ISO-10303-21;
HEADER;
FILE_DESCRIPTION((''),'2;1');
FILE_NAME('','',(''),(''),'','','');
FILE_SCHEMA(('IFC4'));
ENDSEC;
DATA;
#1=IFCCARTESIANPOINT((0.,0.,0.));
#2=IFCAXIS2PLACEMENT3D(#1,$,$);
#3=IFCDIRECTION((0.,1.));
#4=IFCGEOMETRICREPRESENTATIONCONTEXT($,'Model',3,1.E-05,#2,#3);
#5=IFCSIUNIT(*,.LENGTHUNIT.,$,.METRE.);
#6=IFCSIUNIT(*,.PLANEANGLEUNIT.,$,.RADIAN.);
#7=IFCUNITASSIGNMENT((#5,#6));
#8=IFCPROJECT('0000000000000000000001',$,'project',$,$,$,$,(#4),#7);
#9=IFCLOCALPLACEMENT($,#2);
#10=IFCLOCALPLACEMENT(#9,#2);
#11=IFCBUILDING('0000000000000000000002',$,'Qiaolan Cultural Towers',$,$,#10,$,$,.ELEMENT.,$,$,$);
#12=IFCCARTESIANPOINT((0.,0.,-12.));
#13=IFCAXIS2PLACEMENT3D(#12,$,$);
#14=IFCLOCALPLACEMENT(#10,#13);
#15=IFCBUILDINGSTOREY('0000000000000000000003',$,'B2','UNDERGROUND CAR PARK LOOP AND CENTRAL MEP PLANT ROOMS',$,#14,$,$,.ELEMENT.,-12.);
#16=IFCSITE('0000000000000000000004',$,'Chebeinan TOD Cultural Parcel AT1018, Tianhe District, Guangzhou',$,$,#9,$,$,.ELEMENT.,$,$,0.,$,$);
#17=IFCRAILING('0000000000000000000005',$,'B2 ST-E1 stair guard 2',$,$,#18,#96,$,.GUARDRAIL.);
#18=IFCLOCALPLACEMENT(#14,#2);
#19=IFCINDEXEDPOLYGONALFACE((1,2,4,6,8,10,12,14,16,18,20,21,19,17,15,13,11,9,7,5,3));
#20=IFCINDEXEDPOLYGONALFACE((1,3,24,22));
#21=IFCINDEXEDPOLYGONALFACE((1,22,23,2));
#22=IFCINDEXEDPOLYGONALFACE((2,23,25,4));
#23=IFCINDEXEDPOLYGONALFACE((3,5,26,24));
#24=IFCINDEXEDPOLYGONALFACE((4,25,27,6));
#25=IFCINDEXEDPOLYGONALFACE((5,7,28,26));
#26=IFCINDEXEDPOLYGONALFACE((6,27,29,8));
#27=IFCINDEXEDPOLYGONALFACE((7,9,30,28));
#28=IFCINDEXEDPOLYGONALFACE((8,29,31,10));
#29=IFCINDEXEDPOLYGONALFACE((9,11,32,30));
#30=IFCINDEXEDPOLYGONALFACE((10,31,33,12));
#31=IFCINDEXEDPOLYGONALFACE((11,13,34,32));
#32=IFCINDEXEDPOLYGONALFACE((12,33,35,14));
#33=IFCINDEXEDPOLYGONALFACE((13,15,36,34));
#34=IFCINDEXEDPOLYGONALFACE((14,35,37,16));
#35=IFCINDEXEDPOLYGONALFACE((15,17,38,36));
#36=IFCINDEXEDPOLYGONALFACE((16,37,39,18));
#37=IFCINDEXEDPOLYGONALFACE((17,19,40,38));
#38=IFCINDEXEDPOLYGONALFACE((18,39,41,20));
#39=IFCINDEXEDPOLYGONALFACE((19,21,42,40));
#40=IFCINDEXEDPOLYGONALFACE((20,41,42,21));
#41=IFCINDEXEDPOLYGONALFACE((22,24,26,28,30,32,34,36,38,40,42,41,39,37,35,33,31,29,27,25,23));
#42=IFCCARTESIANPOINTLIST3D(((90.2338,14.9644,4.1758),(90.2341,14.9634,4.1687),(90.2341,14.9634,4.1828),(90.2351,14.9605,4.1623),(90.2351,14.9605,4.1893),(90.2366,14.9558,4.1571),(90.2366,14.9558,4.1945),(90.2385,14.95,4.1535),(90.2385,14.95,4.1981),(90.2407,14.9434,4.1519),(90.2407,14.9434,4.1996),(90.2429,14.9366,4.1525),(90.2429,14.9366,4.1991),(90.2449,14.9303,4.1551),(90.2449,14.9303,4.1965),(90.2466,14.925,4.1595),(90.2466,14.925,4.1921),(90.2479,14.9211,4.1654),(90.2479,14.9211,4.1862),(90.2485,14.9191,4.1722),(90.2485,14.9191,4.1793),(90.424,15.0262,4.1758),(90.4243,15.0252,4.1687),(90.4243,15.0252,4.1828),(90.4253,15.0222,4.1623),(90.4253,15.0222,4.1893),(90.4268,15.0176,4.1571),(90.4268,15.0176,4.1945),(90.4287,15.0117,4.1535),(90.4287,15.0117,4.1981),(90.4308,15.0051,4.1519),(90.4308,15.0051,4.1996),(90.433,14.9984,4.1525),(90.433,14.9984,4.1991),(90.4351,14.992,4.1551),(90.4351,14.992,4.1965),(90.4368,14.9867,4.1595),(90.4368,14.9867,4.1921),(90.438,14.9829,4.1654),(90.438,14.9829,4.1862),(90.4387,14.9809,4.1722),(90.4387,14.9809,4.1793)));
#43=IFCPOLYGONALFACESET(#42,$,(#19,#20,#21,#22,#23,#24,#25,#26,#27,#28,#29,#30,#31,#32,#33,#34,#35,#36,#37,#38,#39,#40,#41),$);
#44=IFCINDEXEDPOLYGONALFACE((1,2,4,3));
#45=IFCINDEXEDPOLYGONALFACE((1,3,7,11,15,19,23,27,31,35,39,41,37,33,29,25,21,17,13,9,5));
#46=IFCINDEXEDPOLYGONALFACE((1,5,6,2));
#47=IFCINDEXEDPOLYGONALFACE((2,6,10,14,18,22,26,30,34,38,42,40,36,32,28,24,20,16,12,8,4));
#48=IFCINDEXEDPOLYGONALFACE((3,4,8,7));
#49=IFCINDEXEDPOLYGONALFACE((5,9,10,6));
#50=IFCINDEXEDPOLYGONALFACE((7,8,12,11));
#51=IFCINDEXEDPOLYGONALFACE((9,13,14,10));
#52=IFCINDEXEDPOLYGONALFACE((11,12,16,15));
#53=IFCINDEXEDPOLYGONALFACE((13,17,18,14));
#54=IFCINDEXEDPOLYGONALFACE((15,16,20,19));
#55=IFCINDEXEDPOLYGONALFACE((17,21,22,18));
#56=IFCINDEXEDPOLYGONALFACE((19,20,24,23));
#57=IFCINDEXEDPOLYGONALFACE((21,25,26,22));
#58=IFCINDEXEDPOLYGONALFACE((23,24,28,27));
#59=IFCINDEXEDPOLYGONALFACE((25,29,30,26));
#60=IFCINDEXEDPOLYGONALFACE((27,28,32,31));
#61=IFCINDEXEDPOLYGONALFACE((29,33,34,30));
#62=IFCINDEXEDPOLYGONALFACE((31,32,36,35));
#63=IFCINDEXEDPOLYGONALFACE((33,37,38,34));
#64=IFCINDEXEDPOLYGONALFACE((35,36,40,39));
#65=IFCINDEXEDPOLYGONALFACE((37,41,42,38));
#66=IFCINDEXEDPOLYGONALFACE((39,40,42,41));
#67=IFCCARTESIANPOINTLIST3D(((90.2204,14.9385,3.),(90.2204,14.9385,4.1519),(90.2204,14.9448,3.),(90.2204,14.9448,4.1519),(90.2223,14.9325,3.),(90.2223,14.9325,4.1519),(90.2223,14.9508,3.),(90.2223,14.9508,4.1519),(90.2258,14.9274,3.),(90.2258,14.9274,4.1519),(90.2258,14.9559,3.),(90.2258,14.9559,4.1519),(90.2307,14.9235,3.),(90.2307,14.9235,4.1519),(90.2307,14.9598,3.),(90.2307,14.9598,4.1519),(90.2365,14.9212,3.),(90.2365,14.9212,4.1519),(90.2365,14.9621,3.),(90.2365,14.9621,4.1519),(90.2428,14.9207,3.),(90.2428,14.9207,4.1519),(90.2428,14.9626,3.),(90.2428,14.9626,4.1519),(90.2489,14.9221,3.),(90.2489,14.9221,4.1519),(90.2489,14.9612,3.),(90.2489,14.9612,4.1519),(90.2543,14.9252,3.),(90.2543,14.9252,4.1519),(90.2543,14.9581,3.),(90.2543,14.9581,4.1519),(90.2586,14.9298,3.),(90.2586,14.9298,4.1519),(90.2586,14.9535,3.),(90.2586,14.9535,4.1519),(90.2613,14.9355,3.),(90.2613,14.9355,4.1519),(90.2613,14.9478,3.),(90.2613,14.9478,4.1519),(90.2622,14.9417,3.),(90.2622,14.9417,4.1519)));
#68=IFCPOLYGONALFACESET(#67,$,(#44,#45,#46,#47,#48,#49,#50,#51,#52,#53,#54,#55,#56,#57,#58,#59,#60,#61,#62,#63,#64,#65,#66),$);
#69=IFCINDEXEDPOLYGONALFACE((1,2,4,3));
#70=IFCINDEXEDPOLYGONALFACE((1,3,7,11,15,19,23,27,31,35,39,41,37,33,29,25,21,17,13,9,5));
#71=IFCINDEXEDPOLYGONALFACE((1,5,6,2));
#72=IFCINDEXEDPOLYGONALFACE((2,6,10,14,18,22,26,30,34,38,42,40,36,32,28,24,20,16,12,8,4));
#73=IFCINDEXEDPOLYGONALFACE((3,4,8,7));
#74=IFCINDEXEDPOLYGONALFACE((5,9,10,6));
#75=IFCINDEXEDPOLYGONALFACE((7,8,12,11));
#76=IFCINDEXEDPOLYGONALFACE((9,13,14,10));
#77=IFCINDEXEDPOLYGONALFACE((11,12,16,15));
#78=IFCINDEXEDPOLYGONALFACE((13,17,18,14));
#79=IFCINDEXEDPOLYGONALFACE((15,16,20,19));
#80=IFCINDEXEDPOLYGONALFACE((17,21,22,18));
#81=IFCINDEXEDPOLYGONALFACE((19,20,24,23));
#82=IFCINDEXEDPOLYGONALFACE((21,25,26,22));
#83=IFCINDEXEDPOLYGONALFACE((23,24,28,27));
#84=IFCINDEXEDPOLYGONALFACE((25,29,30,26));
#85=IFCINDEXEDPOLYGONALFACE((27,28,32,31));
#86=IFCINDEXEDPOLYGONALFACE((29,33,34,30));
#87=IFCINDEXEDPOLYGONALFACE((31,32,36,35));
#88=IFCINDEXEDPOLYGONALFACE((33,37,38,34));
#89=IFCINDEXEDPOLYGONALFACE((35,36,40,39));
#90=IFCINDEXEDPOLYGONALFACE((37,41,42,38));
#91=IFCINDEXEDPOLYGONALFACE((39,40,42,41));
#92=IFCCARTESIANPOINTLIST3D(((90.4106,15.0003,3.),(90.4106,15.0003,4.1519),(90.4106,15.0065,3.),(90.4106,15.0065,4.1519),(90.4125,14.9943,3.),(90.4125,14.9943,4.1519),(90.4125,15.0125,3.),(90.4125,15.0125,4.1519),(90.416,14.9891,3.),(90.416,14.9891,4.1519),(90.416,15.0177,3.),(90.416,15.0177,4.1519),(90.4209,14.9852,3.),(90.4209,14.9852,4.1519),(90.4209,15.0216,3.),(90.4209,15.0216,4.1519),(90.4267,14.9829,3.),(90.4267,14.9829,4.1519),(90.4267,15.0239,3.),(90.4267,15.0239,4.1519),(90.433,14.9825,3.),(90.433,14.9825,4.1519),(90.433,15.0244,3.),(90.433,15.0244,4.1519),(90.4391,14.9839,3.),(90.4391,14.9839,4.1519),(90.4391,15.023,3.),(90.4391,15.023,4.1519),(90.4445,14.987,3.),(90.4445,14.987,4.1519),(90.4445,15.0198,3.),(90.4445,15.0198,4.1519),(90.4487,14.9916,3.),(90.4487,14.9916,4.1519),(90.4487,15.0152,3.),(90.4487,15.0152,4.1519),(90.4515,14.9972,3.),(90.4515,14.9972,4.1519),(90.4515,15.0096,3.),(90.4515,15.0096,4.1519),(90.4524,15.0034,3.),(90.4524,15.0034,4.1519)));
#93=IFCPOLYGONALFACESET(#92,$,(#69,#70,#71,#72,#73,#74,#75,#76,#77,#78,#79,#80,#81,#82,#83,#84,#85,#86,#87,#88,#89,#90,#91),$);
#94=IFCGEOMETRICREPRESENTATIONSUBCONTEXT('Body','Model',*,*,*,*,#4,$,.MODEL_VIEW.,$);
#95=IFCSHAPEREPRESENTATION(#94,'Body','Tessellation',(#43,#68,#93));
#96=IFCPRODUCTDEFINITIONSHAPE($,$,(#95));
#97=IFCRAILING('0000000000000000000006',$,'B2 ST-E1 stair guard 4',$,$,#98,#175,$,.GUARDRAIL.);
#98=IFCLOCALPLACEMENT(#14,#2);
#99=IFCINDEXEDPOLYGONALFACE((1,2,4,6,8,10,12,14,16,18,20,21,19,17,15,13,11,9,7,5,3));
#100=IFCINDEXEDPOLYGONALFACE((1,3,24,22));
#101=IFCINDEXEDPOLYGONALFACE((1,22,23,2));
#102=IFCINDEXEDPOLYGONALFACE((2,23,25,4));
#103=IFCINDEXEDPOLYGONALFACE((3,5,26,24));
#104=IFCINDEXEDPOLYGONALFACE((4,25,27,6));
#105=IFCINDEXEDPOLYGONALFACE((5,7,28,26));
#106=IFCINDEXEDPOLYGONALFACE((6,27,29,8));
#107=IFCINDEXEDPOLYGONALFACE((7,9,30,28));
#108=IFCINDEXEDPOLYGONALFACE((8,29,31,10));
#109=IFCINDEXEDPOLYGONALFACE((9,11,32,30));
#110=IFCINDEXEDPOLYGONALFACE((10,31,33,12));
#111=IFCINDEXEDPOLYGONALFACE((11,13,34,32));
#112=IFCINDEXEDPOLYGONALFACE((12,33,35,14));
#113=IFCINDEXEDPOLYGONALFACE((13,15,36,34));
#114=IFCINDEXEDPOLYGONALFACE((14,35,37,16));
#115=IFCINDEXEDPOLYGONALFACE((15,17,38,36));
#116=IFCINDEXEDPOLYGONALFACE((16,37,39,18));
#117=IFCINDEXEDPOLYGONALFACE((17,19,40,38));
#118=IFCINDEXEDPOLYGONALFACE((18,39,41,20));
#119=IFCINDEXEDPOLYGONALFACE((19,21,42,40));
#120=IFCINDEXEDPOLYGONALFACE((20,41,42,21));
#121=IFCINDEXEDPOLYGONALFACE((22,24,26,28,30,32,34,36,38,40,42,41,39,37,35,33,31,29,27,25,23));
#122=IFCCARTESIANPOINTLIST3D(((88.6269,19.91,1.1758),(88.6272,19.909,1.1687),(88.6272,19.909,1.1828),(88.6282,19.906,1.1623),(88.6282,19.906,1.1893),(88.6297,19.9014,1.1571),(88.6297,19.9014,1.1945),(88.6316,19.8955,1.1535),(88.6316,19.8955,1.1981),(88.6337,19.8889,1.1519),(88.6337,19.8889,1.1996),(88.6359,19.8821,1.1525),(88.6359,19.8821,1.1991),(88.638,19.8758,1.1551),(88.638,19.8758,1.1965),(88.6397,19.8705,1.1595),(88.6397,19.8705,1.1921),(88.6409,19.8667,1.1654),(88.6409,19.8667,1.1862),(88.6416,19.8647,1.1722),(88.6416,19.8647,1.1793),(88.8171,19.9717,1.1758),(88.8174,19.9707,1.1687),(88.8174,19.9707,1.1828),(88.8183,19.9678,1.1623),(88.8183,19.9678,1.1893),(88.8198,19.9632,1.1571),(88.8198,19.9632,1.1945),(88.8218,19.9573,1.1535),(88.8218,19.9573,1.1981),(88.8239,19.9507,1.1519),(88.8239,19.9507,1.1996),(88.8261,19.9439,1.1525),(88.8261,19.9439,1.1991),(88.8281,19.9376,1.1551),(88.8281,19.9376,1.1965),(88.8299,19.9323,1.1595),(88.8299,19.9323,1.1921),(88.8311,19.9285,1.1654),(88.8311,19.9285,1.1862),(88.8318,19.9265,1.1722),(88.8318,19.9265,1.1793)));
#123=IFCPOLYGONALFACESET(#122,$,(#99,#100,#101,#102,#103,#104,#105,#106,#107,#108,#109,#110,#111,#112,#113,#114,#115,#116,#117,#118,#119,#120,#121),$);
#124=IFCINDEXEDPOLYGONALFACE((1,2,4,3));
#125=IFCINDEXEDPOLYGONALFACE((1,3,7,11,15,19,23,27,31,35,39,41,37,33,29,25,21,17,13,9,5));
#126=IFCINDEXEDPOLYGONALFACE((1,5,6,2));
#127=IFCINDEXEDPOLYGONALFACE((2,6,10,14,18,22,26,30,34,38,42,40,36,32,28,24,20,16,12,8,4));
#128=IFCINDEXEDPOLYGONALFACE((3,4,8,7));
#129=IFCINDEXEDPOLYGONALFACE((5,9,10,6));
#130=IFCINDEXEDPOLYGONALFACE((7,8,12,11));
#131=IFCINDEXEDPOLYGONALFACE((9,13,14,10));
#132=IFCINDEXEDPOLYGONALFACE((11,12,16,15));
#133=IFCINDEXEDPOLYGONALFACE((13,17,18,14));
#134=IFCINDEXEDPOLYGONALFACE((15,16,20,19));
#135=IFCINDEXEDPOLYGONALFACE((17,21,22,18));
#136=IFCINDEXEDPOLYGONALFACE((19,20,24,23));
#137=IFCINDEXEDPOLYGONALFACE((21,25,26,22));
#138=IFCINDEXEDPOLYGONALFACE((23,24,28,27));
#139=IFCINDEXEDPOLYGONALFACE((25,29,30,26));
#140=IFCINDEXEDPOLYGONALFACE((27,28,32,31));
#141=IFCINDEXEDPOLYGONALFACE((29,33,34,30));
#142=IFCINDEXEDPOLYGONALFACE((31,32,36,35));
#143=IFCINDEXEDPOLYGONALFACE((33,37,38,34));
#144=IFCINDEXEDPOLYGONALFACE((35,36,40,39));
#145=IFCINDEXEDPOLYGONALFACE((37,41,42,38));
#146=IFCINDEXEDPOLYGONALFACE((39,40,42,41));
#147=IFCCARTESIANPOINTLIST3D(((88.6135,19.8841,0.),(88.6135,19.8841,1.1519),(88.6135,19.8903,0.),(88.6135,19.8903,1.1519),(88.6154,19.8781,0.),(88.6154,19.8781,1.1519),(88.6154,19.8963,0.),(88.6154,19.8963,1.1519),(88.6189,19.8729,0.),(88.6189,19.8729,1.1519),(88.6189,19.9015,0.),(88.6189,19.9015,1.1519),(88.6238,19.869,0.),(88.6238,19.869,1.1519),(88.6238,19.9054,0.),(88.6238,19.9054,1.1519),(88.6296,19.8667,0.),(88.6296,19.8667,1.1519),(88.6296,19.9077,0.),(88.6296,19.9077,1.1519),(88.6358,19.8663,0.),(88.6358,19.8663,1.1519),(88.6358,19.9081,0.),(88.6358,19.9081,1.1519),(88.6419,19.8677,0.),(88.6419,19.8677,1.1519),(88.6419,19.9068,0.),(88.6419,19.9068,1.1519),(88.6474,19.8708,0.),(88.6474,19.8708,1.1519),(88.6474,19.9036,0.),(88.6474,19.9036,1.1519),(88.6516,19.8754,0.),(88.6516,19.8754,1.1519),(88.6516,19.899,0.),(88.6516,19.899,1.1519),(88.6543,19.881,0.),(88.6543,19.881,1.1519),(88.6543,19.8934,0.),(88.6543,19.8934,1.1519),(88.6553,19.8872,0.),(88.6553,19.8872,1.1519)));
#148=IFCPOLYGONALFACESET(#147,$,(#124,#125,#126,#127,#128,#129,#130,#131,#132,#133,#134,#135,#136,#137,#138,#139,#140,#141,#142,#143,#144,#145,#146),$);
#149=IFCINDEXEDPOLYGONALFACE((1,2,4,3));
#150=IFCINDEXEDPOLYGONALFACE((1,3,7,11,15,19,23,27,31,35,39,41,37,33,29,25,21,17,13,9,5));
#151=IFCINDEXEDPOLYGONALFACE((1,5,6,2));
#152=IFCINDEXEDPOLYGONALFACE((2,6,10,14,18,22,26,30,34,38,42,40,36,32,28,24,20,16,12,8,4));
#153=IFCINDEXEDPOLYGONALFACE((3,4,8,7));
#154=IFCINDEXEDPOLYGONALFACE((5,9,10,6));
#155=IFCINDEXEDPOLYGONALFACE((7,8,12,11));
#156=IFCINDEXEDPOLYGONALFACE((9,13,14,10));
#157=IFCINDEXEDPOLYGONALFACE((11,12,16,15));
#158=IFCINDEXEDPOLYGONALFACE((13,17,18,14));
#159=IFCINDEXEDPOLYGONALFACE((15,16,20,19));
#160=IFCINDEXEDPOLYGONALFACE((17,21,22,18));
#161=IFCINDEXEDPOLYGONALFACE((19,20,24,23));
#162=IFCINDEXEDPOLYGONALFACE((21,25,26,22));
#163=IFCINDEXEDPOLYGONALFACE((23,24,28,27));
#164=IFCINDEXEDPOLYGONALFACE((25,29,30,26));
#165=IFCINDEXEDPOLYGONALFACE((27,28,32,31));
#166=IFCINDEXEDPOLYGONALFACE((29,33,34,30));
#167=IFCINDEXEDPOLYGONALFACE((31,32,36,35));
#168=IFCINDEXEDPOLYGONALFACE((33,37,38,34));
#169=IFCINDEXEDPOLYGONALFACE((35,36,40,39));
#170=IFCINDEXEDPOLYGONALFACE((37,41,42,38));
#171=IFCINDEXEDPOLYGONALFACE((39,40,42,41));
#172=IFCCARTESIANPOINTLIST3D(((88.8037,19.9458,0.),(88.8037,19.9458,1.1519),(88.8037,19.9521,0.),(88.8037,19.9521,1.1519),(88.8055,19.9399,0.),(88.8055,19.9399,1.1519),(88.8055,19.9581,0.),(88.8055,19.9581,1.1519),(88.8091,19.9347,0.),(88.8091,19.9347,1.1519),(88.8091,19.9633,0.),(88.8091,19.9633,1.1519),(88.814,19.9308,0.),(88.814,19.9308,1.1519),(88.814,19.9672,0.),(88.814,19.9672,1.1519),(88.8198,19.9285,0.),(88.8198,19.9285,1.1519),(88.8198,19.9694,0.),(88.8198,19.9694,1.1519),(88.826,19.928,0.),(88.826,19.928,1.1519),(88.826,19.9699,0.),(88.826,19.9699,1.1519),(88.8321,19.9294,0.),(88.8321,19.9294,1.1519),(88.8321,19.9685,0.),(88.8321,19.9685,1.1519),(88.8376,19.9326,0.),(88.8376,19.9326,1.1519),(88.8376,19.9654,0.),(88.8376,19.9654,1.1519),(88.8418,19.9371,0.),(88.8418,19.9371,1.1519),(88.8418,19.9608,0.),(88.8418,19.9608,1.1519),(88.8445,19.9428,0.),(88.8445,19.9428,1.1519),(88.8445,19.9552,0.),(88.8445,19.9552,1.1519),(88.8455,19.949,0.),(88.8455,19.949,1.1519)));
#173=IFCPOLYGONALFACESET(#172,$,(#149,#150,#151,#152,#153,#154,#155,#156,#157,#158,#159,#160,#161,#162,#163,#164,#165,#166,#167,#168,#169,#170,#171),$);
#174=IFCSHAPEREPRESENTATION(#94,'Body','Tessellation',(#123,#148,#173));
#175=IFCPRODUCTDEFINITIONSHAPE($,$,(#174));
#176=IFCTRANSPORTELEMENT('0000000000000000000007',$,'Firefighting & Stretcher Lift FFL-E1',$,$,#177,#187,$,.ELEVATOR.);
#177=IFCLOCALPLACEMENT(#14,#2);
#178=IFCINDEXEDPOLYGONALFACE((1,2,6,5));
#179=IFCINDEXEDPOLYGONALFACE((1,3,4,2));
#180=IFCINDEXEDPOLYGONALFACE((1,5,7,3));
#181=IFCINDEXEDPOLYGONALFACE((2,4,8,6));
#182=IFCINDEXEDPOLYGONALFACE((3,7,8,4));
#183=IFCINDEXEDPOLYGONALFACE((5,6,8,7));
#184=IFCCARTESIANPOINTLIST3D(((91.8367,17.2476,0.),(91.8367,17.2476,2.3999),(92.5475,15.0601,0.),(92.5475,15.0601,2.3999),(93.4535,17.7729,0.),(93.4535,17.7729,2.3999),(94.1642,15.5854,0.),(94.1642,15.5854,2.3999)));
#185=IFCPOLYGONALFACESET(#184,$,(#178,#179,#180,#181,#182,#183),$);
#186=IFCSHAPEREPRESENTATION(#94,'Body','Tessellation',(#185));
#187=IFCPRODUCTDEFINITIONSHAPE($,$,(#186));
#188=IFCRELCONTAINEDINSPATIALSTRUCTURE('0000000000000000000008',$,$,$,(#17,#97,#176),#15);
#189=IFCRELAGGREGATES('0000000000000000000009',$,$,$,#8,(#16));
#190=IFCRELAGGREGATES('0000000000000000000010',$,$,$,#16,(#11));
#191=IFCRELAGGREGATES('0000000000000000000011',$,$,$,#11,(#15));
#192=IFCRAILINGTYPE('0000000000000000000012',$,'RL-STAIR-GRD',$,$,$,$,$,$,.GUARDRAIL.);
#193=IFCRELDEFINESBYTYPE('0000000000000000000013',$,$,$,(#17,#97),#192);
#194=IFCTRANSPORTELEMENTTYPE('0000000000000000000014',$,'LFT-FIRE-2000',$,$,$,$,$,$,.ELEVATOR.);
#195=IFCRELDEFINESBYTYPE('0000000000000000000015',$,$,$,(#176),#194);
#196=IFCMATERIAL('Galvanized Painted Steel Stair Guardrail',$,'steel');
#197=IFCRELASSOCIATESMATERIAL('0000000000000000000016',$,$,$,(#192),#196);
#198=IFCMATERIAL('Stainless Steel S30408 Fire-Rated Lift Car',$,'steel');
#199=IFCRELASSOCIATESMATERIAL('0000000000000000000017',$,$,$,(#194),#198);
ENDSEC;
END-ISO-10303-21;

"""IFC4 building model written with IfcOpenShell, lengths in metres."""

from ifc_helpers import new_model, si_unit, direction, frame, origin, origin_2d, place, context, subcontext, project, spatial, rectangle, circle, extrude, material, type_object, element, save


model = new_model("IFC4")

# Units and contexts
model_context = context("Model", 3, precision=1e-05, world=origin(), true_north=direction((0.0, 1.0)))
body_context = subcontext(model_context, "Body", "Model", "MODEL_VIEW")
ifc_project = project(units=[si_unit("LENGTHUNIT", "METRE"), si_unit("PLANEANGLEUNIT", "RADIAN")], contexts=[model_context])

# Site, building, storey
site_placement = place(None, origin())
site = spatial("IfcSite", under=ifc_project, at=site_placement, Name="Chebeinan TOD Cultural Parcel AT1018, Tianhe District, Guangzhou", CompositionType="ELEMENT", RefElevation=0.0)
building_placement = place(site_placement, origin())
building = spatial("IfcBuilding", under=site, at=building_placement, Name="Qiaolan Cultural Towers", CompositionType="ELEMENT")
storey_placement = place(building_placement, frame((0.0, 0.0, -12.0)))
storey = spatial("IfcBuildingStorey", under=building, at=storey_placement, Name="B2", Description="UNDERGROUND CAR PARK LOOP AND CENTRAL MEP PLANT ROOMS", CompositionType="ELEMENT", Elevation=-12.0)

# Railings
ifc_material_1 = material(Name="Galvanized Painted Steel Stair Guardrail", Category="steel")
railing_type_1 = type_object("IfcRailingType", Name="RL-STAIR-GRD", PredefinedType="GUARDRAIL", material=ifc_material_1)
railing_1_placement = place(storey_placement, frame((90.2412, 14.9417, 3.0)))
element("IfcRailing", 1, at=railing_1_placement, inside=storey, type_object=railing_type_1, Name="B2 ST-E1 stair guard 2", PredefinedType="GUARDRAIL", context=body_context, shape_type="SweptSolid", body=[
    extrude(circle(Radius=0.0239, at=origin_2d()), frame((0.0, 0.0, 1.1758), z_axis=(0.951097, 0.308893, 0.0), x_axis=(-0.308893, 0.951097, 0.0)), (0.0, 0.0, 1.0), 0.2),
    extrude(circle(Radius=0.021, at=origin_2d()), origin(), (0.0, 0.0, 1.0), 1.1519),
    extrude(circle(Radius=0.021, at=origin_2d()), frame((0.1902, 0.0618, 0.0)), (0.0, 0.0, 1.0), 1.1519),
])
railing_2_placement = place(storey_placement, frame((88.6343, 19.8872, 0.0)))
element("IfcRailing", 2, at=railing_2_placement, inside=storey, type_object=railing_type_1, Name="B2 ST-E1 stair guard 4", PredefinedType="GUARDRAIL", context=body_context, shape_type="SweptSolid", body=[
    extrude(circle(Radius=0.0239, at=origin_2d()), frame((0.0, 0.0, 1.1758), z_axis=(0.951097, 0.308893, 0.0), x_axis=(-0.308893, 0.951097, 0.0)), (0.0, 0.0, 1.0), 0.2),
    extrude(circle(Radius=0.021, at=origin_2d()), origin(), (0.0, 0.0, 1.0), 1.1519),
    extrude(circle(Radius=0.021, at=origin_2d()), frame((0.1902, 0.0618, 0.0)), (0.0, 0.0, 1.0), 1.1519),
])

# Transport element
ifc_material_2 = material(Name="Stainless Steel S30408 Fire-Rated Lift Car", Category="steel")
transport_element_type = type_object("IfcTransportElementType", Name="LFT-FIRE-2000", PredefinedType="ELEVATOR", material=ifc_material_2)
transport_element_placement = place(storey_placement, frame((93.0005, 16.4165, 0.0), z_axis=(0.0, 0.0, 1.0), x_axis=(0.951057, 0.309017, 0.0)))
element("IfcTransportElement", 3, at=transport_element_placement, inside=storey, type_object=transport_element_type, Name="Firefighting & Stretcher Lift FFL-E1", PredefinedType="ELEVATOR", context=body_context, shape_type="SweptSolid", body=[
    extrude(rectangle(XDim=1.7, YDim=2.3, at=origin_2d()), origin(), (0.0, 0.0, 1.0), 2.3999),
])

save(model, "model.ifc")
